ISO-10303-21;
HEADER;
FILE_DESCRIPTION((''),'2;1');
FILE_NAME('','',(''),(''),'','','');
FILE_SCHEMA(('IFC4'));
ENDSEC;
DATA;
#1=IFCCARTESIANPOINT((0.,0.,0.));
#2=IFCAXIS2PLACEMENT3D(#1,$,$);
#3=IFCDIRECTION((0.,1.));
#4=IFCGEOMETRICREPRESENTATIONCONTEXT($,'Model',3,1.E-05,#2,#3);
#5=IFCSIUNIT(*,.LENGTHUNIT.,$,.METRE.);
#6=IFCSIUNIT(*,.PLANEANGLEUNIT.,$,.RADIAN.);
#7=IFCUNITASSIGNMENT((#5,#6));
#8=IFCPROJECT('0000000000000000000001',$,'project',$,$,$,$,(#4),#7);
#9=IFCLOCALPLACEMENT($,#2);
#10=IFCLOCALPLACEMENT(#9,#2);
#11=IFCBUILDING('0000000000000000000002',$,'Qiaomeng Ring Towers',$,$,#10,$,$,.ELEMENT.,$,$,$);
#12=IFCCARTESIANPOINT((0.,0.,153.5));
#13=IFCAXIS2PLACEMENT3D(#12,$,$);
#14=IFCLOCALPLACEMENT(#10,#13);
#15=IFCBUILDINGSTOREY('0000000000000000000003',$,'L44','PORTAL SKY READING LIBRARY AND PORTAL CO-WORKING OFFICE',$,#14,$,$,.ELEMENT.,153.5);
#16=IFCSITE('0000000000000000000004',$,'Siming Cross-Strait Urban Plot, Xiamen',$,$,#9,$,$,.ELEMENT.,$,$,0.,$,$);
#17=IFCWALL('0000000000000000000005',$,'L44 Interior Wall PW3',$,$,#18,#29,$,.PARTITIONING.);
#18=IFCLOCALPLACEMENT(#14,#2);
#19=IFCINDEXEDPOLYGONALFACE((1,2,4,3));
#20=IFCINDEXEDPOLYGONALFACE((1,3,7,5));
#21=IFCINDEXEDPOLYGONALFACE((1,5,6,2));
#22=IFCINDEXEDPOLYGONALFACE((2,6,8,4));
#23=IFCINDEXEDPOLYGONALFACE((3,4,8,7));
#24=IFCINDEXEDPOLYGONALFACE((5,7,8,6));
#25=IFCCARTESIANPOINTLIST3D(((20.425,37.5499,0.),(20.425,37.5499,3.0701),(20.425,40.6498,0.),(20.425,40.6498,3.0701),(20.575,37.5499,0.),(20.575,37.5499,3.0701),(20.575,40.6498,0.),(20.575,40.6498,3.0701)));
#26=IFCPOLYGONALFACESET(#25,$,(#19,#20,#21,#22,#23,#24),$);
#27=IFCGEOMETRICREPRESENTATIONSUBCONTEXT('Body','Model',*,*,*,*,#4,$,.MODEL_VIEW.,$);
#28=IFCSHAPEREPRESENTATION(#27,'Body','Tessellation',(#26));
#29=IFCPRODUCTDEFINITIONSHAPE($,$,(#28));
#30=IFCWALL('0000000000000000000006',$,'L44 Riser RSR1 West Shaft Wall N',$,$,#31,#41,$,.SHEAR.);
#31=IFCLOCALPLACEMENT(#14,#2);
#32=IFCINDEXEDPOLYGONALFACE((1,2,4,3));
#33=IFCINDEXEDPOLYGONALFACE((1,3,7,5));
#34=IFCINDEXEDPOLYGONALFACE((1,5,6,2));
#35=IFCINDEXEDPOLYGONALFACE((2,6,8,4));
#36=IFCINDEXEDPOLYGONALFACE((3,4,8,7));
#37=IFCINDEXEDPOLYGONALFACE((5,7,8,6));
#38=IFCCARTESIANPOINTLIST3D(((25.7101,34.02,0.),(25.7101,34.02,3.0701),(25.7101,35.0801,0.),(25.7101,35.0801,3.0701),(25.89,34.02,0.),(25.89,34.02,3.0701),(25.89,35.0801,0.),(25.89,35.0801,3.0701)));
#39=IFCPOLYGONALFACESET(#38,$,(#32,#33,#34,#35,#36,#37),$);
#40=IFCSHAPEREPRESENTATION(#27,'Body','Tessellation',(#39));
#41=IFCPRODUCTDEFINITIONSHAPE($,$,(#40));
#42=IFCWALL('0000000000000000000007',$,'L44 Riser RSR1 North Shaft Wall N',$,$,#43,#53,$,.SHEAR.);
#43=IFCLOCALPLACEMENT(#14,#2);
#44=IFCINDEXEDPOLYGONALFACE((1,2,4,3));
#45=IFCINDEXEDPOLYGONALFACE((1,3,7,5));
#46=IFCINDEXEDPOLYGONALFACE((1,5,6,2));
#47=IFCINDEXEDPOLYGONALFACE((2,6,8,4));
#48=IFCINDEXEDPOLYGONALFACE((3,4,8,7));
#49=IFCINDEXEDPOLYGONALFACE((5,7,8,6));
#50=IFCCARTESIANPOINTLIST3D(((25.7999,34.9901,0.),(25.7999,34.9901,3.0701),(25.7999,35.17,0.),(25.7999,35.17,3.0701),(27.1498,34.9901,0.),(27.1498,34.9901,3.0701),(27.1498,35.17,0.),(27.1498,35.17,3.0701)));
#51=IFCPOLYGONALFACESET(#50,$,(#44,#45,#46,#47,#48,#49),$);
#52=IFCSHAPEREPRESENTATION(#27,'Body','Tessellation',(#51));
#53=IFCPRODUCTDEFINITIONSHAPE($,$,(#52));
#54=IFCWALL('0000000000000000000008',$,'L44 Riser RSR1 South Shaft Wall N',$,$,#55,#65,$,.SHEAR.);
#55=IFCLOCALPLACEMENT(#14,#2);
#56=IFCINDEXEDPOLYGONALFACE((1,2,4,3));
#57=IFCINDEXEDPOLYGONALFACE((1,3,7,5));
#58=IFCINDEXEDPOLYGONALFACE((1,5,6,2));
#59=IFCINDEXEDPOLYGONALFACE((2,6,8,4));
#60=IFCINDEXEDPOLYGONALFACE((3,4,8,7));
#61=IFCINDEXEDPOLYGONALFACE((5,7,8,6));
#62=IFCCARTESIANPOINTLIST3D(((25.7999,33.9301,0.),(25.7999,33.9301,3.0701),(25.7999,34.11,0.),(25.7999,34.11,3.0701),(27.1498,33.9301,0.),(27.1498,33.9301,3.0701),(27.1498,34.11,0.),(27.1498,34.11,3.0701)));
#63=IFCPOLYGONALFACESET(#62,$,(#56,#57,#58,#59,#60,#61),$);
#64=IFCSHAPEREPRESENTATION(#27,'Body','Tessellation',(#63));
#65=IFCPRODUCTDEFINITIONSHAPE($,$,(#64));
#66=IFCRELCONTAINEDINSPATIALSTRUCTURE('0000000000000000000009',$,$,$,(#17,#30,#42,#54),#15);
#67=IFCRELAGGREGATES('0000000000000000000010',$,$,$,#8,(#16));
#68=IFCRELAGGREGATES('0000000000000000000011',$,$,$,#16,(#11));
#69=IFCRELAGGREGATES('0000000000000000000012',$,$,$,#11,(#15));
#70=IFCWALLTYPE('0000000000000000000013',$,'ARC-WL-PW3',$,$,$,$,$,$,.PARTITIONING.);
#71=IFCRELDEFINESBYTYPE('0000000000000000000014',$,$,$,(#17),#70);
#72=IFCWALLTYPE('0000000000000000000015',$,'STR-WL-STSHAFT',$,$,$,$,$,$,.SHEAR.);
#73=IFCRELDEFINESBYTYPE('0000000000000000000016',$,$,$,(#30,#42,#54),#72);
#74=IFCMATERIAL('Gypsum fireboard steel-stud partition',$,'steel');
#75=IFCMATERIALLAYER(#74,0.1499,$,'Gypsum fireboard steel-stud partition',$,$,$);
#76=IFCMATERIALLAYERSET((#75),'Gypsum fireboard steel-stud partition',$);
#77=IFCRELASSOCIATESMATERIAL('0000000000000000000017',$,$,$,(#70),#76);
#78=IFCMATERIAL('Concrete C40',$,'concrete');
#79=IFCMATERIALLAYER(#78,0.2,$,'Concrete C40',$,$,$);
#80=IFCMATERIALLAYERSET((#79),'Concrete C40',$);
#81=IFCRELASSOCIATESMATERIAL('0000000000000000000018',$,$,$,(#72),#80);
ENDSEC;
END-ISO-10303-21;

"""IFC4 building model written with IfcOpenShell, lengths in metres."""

from ifc_helpers import new_model, si_unit, direction, frame, frame_2d, origin, place, context, subcontext, project, spatial, rectangle, extrude, material, layer, layer_set, type_object, element, save


model = new_model("IFC4")

# Units and contexts
model_context = context("Model", 3, precision=1e-05, world=origin(), true_north=direction((0.0, 1.0)))
body_context = subcontext(model_context, "Body", "Model", "MODEL_VIEW")
ifc_project = project(units=[si_unit("LENGTHUNIT", "METRE"), si_unit("PLANEANGLEUNIT", "RADIAN")], contexts=[model_context])

# Site, building, storey
site_placement = place(None, origin())
site = spatial("IfcSite", under=ifc_project, at=site_placement, Name="Siming Cross-Strait Urban Plot, Xiamen", CompositionType="ELEMENT", RefElevation=0.0)
building_placement = place(site_placement, origin())
building = spatial("IfcBuilding", under=site, at=building_placement, Name="Qiaomeng Ring Towers", CompositionType="ELEMENT")
storey_placement = place(building_placement, frame((0.0, 0.0, 153.5)))
storey = spatial("IfcBuildingStorey", under=building, at=storey_placement, Name="L44", Description="PORTAL SKY READING LIBRARY AND PORTAL CO-WORKING OFFICE", CompositionType="ELEMENT", Elevation=153.5)

# Walls
ifc_material_1 = material(Name="Gypsum fireboard steel-stud partition", Category="steel")
ifc_layer_1 = layer(ifc_material_1, 0.1499, Name="Gypsum fireboard steel-stud partition")
ifc_layer_set_1 = layer_set([ifc_layer_1], Name="Gypsum fireboard steel-stud partition")
wall_type_1 = type_object("IfcWallType", Name="ARC-WL-PW3", PredefinedType="PARTITIONING", material=ifc_layer_set_1)
wall_1_placement = place(storey_placement, frame((20.5, 37.55, 0.0), z_axis=(0.0, 0.0, 1.0), x_axis=(0.0, 1.0, 0.0)))
element("IfcWall", 1, at=wall_1_placement, inside=storey, type_object=wall_type_1, Name="L44 Interior Wall PW3", PredefinedType="PARTITIONING", context=body_context, shape_type="SweptSolid", body=[
    extrude(rectangle(XDim=3.0999, YDim=0.1499, at=frame_2d((1.5498, 0.0))), origin(), (0.0, 0.0, 1.0), 3.0701),
])
ifc_material_2 = material(Name="Concrete C40", Category="concrete")
ifc_layer_2 = layer(ifc_material_2, 0.2, Name="Concrete C40")
ifc_layer_set_2 = layer_set([ifc_layer_2], Name="Concrete C40")
wall_type_2 = type_object("IfcWallType", Name="STR-WL-STSHAFT", PredefinedType="SHEAR", material=ifc_layer_set_2)
wall_2_placement = place(storey_placement, frame((25.8, 34.02, 0.0), z_axis=(0.0, 0.0, 1.0), x_axis=(0.0, 1.0, 0.0)))
element("IfcWall", 2, at=wall_2_placement, inside=storey, type_object=wall_type_2, Name="L44 Riser RSR1 West Shaft Wall N", PredefinedType="SHEAR", context=body_context, shape_type="SweptSolid", body=[
    extrude(rectangle(XDim=1.0601, YDim=0.1799, at=frame_2d((0.53, 0.0))), origin(), (0.0, 0.0, 1.0), 3.0701),
])
for number, where, z_axis, x_axis, name in (
    (3, (25.8, 35.0801, 0.0), (0.0, 0.0, 1.0), (1.0, 0.0, 0.0), "L44 Riser RSR1 North Shaft Wall N"),
    (4, (25.8, 34.02, 0.0), (0.0, 0.0, 1.0), (1.0, 0.0, 0.0), "L44 Riser RSR1 South Shaft Wall N"),
):
    element("IfcWall", number, at=place(storey_placement, frame(where, z_axis=z_axis, x_axis=x_axis)), inside=storey, type_object=wall_type_2, Name=name, PredefinedType="SHEAR", context=body_context, shape_type="SweptSolid", body=[
        extrude(rectangle(XDim=1.3499, YDim=0.1799, at=frame_2d((0.6748, 0.0))), origin(), (0.0, 0.0, 1.0), 3.0701),
    ])

save(model, "model.ifc")
